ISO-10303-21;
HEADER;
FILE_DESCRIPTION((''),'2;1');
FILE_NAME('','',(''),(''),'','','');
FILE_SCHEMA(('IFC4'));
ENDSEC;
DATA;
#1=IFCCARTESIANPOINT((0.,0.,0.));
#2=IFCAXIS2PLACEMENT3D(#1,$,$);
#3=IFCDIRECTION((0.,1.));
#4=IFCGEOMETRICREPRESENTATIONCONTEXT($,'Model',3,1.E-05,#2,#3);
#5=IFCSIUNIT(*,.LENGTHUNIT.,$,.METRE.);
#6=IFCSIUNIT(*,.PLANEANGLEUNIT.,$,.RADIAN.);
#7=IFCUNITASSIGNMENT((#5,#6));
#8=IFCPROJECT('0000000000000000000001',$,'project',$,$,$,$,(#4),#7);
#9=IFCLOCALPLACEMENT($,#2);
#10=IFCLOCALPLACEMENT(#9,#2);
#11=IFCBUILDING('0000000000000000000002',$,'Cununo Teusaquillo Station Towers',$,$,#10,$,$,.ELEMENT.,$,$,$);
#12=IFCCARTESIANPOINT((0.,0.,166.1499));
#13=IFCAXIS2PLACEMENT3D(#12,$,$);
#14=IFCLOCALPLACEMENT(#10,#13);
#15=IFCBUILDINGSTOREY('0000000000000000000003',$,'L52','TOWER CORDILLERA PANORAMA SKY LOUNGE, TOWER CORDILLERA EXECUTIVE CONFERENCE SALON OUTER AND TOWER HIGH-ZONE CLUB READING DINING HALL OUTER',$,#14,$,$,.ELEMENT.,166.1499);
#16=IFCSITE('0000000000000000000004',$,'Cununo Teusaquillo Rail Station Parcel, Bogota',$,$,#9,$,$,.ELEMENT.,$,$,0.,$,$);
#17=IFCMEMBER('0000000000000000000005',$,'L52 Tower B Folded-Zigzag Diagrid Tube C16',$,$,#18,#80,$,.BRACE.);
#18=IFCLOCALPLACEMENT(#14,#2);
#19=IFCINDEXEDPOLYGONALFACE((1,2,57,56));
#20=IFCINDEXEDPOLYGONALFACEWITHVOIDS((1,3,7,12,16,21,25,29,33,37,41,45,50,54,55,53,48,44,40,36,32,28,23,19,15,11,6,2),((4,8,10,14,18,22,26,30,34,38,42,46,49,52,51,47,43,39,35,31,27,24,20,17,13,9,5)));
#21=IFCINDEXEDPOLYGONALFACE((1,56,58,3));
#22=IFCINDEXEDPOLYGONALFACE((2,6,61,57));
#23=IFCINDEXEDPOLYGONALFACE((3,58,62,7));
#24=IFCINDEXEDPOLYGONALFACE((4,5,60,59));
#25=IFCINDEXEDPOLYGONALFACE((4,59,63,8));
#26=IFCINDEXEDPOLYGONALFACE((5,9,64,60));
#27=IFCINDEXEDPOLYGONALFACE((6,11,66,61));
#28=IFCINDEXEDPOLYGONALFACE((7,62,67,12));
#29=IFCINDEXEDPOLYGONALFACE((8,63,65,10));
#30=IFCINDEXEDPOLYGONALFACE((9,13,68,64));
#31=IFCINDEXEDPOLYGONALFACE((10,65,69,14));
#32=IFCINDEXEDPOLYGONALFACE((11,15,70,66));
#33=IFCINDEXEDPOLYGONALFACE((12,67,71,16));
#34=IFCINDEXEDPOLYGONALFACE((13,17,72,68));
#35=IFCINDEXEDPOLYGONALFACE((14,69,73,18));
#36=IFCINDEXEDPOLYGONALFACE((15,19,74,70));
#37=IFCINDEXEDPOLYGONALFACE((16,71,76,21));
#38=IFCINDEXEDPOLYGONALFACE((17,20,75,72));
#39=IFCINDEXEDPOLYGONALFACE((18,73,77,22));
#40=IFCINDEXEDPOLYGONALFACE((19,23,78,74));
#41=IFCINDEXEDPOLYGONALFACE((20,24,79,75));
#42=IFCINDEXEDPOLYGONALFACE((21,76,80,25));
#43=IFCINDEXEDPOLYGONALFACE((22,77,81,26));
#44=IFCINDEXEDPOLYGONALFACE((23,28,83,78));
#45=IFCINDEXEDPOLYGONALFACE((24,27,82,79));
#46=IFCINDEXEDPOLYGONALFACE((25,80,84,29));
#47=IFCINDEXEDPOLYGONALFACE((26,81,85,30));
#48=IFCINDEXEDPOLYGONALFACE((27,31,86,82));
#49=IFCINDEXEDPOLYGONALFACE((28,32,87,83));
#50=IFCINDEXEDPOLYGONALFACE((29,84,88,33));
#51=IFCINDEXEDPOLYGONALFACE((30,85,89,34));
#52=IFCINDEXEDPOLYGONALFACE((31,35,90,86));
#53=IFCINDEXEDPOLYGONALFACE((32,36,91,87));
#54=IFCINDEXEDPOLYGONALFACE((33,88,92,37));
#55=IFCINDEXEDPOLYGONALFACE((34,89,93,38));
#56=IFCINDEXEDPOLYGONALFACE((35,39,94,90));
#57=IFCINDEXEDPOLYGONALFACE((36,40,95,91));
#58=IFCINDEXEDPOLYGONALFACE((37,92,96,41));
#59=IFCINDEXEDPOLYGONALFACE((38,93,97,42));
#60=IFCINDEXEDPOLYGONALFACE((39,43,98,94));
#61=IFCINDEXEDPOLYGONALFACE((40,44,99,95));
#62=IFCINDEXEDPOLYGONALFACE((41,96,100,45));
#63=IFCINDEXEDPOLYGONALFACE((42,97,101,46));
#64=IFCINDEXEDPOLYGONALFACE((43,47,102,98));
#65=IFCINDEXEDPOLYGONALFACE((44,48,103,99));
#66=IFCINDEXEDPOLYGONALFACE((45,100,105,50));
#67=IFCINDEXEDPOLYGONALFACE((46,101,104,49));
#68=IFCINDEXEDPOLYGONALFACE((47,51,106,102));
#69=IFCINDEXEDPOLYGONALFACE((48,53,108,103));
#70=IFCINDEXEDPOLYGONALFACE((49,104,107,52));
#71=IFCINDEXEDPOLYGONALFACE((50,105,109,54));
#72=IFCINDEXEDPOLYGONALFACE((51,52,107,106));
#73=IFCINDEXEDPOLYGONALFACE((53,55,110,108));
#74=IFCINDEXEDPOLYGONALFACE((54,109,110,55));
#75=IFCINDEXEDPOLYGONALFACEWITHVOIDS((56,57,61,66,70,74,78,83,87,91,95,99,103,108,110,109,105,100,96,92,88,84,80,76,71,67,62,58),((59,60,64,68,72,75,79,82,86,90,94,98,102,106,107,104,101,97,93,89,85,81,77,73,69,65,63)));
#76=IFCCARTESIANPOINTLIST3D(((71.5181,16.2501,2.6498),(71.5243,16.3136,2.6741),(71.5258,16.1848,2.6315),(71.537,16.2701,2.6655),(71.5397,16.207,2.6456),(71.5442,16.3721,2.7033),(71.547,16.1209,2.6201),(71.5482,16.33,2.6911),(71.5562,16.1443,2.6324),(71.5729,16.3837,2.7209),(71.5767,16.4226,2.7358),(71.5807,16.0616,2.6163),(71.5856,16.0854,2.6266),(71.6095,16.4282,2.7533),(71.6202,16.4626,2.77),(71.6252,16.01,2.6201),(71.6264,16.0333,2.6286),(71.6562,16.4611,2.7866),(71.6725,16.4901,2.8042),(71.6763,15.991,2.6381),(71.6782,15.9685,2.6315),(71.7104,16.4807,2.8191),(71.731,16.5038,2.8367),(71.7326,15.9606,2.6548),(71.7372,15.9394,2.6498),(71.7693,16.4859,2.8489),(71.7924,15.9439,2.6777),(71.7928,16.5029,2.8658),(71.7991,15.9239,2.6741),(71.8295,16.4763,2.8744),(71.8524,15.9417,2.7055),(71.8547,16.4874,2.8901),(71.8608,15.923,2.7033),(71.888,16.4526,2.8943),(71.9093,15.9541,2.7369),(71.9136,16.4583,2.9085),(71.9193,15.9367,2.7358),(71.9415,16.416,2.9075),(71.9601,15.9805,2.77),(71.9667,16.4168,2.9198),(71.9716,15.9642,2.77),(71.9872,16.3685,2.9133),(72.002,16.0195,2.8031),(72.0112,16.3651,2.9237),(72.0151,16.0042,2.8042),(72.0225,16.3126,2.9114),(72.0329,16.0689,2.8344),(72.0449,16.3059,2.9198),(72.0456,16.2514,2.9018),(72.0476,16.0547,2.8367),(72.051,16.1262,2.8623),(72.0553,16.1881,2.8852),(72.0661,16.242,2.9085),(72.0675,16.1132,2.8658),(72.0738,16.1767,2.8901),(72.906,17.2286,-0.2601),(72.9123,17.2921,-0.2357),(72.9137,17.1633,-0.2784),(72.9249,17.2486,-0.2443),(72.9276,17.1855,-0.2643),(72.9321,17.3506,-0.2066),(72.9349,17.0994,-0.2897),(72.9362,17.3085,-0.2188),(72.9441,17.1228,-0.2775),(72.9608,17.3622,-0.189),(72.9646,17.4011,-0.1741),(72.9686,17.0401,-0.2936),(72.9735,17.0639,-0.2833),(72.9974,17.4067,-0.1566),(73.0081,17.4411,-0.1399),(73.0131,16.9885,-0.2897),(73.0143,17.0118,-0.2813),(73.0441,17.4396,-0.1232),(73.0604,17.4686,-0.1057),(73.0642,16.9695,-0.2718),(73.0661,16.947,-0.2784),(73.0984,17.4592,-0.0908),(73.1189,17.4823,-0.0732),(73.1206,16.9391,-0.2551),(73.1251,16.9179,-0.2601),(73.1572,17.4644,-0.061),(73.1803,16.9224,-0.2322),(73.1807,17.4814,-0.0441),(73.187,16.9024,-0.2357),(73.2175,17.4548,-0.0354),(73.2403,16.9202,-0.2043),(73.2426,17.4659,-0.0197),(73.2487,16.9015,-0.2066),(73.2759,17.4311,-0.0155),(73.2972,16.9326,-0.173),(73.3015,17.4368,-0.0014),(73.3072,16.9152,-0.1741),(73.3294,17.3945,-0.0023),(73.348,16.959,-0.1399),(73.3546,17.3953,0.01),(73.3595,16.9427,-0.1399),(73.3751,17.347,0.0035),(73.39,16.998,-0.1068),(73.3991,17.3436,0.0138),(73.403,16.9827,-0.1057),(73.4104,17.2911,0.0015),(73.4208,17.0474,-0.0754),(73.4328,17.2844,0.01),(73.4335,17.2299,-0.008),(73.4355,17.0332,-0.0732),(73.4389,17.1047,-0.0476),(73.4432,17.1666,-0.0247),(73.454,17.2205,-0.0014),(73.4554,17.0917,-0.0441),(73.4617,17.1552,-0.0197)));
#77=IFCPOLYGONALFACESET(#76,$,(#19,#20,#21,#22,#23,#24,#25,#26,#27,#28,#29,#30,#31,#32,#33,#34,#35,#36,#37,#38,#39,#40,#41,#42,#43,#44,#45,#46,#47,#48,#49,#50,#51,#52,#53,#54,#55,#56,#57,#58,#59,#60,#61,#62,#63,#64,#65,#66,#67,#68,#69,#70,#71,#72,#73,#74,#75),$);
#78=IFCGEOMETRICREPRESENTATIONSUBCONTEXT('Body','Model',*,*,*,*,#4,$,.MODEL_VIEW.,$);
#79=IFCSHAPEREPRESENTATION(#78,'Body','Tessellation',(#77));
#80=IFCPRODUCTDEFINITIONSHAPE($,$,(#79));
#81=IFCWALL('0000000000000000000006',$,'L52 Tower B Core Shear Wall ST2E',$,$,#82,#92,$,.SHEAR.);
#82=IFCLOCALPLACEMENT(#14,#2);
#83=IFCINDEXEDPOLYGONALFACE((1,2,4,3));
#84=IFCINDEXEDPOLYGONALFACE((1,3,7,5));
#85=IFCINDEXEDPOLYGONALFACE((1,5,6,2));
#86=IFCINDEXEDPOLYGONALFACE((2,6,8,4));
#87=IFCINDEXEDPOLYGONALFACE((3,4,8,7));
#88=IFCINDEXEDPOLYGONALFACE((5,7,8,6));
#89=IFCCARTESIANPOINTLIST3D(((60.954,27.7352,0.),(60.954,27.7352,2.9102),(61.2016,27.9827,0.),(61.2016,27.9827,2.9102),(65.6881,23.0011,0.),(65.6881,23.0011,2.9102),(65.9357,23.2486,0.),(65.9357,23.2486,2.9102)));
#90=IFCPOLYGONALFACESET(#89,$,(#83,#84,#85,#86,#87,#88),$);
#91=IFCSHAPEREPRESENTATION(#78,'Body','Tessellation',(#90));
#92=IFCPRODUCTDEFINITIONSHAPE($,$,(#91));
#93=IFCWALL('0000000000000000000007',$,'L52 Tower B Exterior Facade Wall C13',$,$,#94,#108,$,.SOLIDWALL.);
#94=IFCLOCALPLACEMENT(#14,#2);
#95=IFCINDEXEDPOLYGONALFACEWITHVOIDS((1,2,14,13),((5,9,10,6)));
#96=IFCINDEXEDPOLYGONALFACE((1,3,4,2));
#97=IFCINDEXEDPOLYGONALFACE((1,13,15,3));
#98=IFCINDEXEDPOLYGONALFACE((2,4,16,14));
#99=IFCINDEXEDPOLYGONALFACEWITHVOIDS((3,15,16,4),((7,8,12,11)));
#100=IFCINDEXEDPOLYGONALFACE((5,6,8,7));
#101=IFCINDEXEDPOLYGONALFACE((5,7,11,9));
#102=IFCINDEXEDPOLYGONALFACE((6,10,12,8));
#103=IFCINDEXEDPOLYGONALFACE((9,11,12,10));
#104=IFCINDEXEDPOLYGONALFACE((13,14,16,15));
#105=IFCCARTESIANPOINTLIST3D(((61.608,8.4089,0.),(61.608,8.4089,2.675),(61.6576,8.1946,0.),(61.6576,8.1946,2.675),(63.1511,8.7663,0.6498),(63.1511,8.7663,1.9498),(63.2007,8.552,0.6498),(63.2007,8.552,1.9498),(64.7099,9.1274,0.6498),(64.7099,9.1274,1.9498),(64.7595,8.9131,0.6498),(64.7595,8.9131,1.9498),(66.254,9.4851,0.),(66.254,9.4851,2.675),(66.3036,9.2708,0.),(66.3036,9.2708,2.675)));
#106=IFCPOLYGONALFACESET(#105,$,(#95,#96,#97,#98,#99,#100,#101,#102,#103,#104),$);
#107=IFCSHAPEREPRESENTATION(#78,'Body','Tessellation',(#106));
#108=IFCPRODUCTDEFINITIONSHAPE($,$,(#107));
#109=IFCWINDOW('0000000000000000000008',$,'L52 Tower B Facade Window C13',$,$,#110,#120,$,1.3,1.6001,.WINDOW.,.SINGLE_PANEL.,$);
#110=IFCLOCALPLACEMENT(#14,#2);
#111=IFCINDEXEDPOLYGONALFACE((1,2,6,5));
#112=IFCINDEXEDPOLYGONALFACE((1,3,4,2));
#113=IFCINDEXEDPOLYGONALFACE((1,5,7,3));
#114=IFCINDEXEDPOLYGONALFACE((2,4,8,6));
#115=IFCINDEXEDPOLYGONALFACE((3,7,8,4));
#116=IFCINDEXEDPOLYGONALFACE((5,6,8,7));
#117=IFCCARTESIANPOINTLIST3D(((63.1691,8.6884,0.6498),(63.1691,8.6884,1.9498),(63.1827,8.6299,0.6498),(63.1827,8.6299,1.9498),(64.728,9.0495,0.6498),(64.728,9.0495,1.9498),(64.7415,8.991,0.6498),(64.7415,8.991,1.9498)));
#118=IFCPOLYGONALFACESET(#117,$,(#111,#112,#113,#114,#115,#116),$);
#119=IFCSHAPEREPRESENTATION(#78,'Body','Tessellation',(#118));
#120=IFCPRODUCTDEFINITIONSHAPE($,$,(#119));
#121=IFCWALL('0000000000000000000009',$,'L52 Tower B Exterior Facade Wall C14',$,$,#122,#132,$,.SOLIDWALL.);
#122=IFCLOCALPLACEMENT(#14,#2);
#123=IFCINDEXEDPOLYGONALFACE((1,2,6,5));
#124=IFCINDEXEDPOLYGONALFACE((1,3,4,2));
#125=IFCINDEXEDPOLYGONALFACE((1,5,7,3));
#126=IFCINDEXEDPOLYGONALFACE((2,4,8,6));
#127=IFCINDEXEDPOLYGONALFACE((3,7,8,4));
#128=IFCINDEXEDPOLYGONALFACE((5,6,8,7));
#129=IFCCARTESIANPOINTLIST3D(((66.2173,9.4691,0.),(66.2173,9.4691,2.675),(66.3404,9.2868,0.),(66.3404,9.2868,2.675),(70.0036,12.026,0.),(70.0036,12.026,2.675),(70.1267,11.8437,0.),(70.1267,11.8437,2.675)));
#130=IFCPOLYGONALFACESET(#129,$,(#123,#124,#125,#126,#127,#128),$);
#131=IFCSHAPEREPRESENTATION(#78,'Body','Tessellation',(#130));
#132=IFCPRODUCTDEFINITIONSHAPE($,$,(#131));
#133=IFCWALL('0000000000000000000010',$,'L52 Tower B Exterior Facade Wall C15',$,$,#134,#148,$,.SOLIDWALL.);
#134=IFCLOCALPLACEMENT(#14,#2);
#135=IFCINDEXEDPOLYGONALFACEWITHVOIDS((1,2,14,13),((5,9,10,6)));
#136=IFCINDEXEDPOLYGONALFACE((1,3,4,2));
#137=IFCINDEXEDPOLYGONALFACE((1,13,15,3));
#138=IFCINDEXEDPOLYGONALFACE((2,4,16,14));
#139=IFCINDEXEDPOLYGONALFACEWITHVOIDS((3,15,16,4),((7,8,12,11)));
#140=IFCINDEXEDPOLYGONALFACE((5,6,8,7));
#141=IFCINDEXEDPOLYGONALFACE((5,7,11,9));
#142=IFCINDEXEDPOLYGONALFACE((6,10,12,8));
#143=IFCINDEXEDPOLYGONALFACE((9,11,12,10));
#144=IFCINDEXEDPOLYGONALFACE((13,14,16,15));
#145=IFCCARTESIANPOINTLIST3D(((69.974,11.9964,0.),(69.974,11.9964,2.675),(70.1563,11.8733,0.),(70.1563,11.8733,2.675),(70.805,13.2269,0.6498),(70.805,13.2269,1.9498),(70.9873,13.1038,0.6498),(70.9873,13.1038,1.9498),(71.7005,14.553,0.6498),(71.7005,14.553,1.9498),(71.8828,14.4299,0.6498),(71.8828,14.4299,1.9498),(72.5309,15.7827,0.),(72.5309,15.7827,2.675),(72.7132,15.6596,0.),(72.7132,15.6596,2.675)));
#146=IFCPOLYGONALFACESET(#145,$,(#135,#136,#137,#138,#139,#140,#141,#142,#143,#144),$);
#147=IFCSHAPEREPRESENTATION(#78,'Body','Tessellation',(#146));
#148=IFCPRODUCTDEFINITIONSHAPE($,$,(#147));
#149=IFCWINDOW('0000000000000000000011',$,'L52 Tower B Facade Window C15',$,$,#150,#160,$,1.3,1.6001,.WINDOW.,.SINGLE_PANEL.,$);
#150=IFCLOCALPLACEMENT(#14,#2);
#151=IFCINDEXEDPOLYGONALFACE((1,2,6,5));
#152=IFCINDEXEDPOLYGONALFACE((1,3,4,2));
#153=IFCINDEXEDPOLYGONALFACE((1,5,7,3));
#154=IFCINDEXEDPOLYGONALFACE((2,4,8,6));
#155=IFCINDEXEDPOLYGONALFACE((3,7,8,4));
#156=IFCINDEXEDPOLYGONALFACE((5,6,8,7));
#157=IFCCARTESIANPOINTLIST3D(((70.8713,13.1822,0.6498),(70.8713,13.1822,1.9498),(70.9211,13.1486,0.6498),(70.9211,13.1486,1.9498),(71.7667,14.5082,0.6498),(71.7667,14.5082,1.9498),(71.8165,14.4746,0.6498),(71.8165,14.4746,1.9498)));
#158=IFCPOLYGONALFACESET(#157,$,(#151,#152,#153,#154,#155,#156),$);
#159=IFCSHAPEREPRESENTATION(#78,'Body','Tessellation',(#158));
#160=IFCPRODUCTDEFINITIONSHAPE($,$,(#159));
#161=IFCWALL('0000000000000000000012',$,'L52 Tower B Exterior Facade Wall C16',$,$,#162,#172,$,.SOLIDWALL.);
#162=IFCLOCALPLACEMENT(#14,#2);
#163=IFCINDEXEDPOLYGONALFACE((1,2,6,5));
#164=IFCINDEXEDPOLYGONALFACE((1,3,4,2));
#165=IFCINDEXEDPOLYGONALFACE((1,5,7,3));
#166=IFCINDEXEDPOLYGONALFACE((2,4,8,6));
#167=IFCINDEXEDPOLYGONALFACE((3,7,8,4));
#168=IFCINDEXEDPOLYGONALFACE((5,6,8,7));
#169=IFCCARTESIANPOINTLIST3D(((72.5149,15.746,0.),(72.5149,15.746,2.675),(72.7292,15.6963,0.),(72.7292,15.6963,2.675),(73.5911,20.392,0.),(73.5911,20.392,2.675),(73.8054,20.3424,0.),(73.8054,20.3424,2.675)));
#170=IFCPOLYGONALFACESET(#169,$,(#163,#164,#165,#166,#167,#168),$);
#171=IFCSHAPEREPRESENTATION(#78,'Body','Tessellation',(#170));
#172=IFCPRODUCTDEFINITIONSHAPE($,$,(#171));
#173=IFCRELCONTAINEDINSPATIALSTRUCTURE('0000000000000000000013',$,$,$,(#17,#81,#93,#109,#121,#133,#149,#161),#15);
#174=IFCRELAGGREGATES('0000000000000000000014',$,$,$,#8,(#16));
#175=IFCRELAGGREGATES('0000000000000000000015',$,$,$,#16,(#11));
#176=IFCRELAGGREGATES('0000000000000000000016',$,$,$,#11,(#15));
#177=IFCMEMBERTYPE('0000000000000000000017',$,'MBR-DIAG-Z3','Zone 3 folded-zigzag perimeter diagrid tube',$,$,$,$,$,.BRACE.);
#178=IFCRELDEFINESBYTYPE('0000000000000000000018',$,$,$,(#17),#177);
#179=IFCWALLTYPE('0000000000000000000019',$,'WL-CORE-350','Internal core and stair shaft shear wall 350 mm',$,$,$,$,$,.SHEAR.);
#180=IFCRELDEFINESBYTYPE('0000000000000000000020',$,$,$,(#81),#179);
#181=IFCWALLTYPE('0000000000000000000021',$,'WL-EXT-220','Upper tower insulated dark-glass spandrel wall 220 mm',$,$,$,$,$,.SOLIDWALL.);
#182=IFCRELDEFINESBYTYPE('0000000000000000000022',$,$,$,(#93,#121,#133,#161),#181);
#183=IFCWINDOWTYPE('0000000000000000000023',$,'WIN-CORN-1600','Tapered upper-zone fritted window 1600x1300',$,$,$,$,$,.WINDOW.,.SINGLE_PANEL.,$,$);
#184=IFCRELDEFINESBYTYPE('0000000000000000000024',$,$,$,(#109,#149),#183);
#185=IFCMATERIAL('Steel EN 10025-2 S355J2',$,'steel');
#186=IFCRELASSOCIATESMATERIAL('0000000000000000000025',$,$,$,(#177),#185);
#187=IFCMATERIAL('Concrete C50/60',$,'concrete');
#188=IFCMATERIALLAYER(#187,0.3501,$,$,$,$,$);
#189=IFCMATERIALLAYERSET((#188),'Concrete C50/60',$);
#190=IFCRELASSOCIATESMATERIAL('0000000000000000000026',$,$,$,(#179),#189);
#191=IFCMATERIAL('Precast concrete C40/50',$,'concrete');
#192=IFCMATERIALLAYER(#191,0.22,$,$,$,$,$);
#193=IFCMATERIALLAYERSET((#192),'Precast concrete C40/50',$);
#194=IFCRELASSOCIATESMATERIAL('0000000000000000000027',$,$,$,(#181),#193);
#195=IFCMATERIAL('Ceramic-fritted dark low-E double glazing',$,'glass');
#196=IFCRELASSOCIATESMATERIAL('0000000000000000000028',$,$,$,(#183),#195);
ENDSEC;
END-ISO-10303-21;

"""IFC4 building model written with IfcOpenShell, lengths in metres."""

from ifc_helpers import new_model, si_unit, direction, frame, frame_2d, origin, origin_2d, place, context, subcontext, project, spatial, rectangle, hollow_circle, extrude, source, transform, mapped, material, layer, layer_set, material_profile, profile_set, type_object, element, fill, save


model = new_model("IFC4")

# Units and contexts
model_context = context("Model", 3, precision=1e-05, world=origin(), true_north=direction((0.0, 1.0)))
body_context = subcontext(model_context, "Body", "Model", "MODEL_VIEW")
ifc_project = project(units=[si_unit("LENGTHUNIT", "METRE"), si_unit("PLANEANGLEUNIT", "RADIAN")], contexts=[model_context])

# Site, building, storey
site_placement = place(None, origin())
site = spatial("IfcSite", under=ifc_project, at=site_placement, Name="Cununo Teusaquillo Rail Station Parcel, Bogota", CompositionType="ELEMENT", RefElevation=0.0)
building_placement = place(site_placement, origin())
building = spatial("IfcBuilding", under=site, at=building_placement, Name="Cununo Teusaquillo Station Towers", CompositionType="ELEMENT")
storey_placement = place(building_placement, frame((0.0, 0.0, 166.1499)))
storey = spatial("IfcBuildingStorey", under=building, at=storey_placement, Name="L52", Description="TOWER CORDILLERA PANORAMA SKY LOUNGE, TOWER CORDILLERA EXECUTIVE CONFERENCE SALON OUTER AND TOWER HIGH-ZONE CLUB READING DINING HALL OUTER", CompositionType="ELEMENT", Elevation=166.1499)

# Member
ifc_material_1 = material(Name="Steel EN 10025-2 S355J2", Category="steel")
ifc_material_profile_1 = material_profile(ifc_material_1, hollow_circle(Radius=0.3049, WallThickness=0.02, at=origin_2d()), Name="CHS 610x20")
ifc_profile_set_1 = profile_set([ifc_material_profile_1], Name="Steel EN 10025-2 S355J2")
member_type = type_object("IfcMemberType", Name="MBR-DIAG-Z3", Description="Zone 3 folded-zigzag perimeter diagrid tube", PredefinedType="BRACE", material=ifc_profile_set_1)
member_1_placement = place(storey_placement, frame((73.1838, 17.1919, -0.1399), z_axis=(-0.41195, -0.29043, 0.863682), x_axis=(0.576209, -0.817302, 0.0)))
element("IfcMember", 1, at=member_1_placement, inside=storey, type_object=member_type, Name="L52 Tower B Folded-Zigzag Diagrid Tube C16", PredefinedType="BRACE", context=body_context, shape_type="SweptSolid", body=[
    extrude(hollow_circle(Radius=0.3049, WallThickness=0.02, at=origin_2d()), origin(), (0.0, 0.0, 1.0), 3.3691),
])

# Wall
ifc_material_2 = material(Name="Concrete C50/60", Category="concrete")
ifc_layer_1 = layer(ifc_material_2, 0.3501)
ifc_layer_set_1 = layer_set([ifc_layer_1], Name="Concrete C50/60")
wall_type_1 = type_object("IfcWallType", Name="WL-CORE-350", Description="Internal core and stair shaft shear wall 350 mm", PredefinedType="SHEAR", material=ifc_layer_set_1)
wall_1_placement = place(storey_placement, frame((65.812, 23.1248, 0.0), z_axis=(0.0, 0.0, 1.0), x_axis=(-0.707107, 0.707107, 0.0)))
element("IfcWall", 2, at=wall_1_placement, inside=storey, type_object=wall_type_1, Name="L52 Tower B Core Shear Wall ST2E", PredefinedType="SHEAR", context=body_context, shape_type="SweptSolid", body=[
    extrude(rectangle(XDim=6.6951, YDim=0.3501, at=frame_2d((3.3477, 0.0))), origin(), (0.0, 0.0, 1.0), 2.9102),
])

# Wall, opening, window
ifc_material_3 = material(Name="Precast concrete C40/50", Category="concrete")
ifc_layer_2 = layer(ifc_material_3, 0.22)
ifc_layer_set_2 = layer_set([ifc_layer_2], Name="Precast concrete C40/50")
wall_type_2 = type_object("IfcWallType", Name="WL-EXT-220", Description="Upper tower insulated dark-glass spandrel wall 220 mm", PredefinedType="SOLIDWALL", material=ifc_layer_set_2)
wall_2_placement = place(storey_placement, frame((66.2788, 9.3779, 0.0), z_axis=(0.0, 0.0, 1.0), x_axis=(-0.974206, -0.22566, 0.0)))
wall_2 = element("IfcWall", 3, at=wall_2_placement, inside=storey, type_object=wall_type_2, Name="L52 Tower B Exterior Facade Wall C13", PredefinedType="SOLIDWALL", context=body_context, shape_type="SweptSolid", body=[
    extrude(rectangle(XDim=4.769, YDim=0.22, at=frame_2d((2.3845, 0.0))), origin(), (0.0, 0.0, 1.0), 2.675),
])
shared_shape_1 = source(origin(), body_context, "Body", "SweptSolid", [
    extrude(rectangle(XDim=1.6001, YDim=1.3, at=frame_2d((0.8, 0.6499))), frame((0.0, 0.1199, 0.0), z_axis=(0.0, -1.0, 0.0), x_axis=(1.0, 0.0, 0.0)), (0.0, 0.0, 1.0), 0.24),
])
opening_1_placement = place(wall_2_placement, frame((1.585, 0.0, 0.6499)))
opening_1 = element("IfcOpeningElement", 4, at=opening_1_placement, cuts=wall_2, PredefinedType="OPENING", context=body_context, shape_type="MappedRepresentation", body=[
    mapped(shared_shape_1, transform((0.0, 0.0, 0.0), x_axis=(1.0, 0.0, 0.0), y_axis=(0.0, 1.0, 0.0), z_axis=(0.0, 0.0, 1.0), scale=1.0)),
])
ifc_material_4 = material(Name="Ceramic-fritted dark low-E double glazing", Category="glass")
window_type = type_object("IfcWindowType", Name="WIN-CORN-1600", Description="Tapered upper-zone fritted window 1600x1300", PartitioningType="SINGLE_PANEL", PredefinedType="WINDOW", material=ifc_material_4)
shared_shape_2 = source(origin(), body_context, "Body", "SweptSolid", [
    extrude(rectangle(XDim=1.6001, YDim=1.3, at=frame_2d((0.8, 0.6499))), frame((0.0, 0.03, 0.0), z_axis=(0.0, -1.0, 0.0), x_axis=(1.0, 0.0, 0.0)), (0.0, 0.0, 1.0), 0.0601),
])
window_1_placement = place(opening_1_placement, origin())
window_1 = element("IfcWindow", 5, at=window_1_placement, inside=storey, type_object=window_type, Name="L52 Tower B Facade Window C13", OverallHeight=1.3, OverallWidth=1.6001, PartitioningType="SINGLE_PANEL", PredefinedType="WINDOW", context=body_context, shape_type="MappedRepresentation", body=[
    mapped(shared_shape_2, transform((0.0, 0.0, 0.0), x_axis=(1.0, 0.0, 0.0), y_axis=(0.0, 1.0, 0.0), z_axis=(0.0, 0.0, 1.0), scale=1.0)),
])
fill(opening_1, window_1)

# Wall
wall_3_placement = place(storey_placement, frame((70.0652, 11.9348, 0.0), z_axis=(0.0, 0.0, 1.0), x_axis=(-0.828739, -0.559635, 0.0)))
element("IfcWall", 6, at=wall_3_placement, inside=storey, type_object=wall_type_2, Name="L52 Tower B Exterior Facade Wall C14", PredefinedType="SOLIDWALL", context=body_context, shape_type="SweptSolid", body=[
    extrude(rectangle(XDim=4.5688, YDim=0.22, at=frame_2d((2.2844, 0.0))), origin(), (0.0, 0.0, 1.0), 2.675),
])

# Wall, opening, window
wall_4_placement = place(storey_placement, frame((72.6221, 15.7212, 0.0), z_axis=(0.0, 0.0, 1.0), x_axis=(-0.559635, -0.828739, 0.0)))
wall_4 = element("IfcWall", 7, at=wall_4_placement, inside=storey, type_object=wall_type_2, Name="L52 Tower B Exterior Facade Wall C15", PredefinedType="SOLIDWALL", context=body_context, shape_type="SweptSolid", body=[
    extrude(rectangle(XDim=4.5688, YDim=0.22, at=frame_2d((2.2844, 0.0))), origin(), (0.0, 0.0, 1.0), 2.675),
])
opening_2_placement = place(wall_4_placement, frame((1.4839, 0.0, 0.6499)))
opening_2 = element("IfcOpeningElement", 8, at=opening_2_placement, cuts=wall_4, PredefinedType="OPENING", context=body_context, shape_type="MappedRepresentation", body=[
    mapped(shared_shape_1, transform((0.0, 0.0, 0.0), x_axis=(1.0, 0.0, 0.0), y_axis=(0.0, 1.0, 0.0), z_axis=(0.0, 0.0, 1.0), scale=1.0)),
])
window_2_placement = place(opening_2_placement, origin())
window_2 = element("IfcWindow", 9, at=window_2_placement, inside=storey, type_object=window_type, Name="L52 Tower B Facade Window C15", OverallHeight=1.3, OverallWidth=1.6001, PartitioningType="SINGLE_PANEL", PredefinedType="WINDOW", context=body_context, shape_type="MappedRepresentation", body=[
    mapped(shared_shape_2, transform((0.0, 0.0, 0.0), x_axis=(1.0, 0.0, 0.0), y_axis=(0.0, 1.0, 0.0), z_axis=(0.0, 0.0, 1.0), scale=1.0)),
])
fill(opening_2, window_2)

# Wall
wall_5_placement = place(storey_placement, frame((73.6982, 20.3672, 0.0), z_axis=(0.0, 0.0, 1.0), x_axis=(-0.22566, -0.974206, 0.0)))
element("IfcWall", 10, at=wall_5_placement, inside=storey, type_object=wall_type_2, Name="L52 Tower B Exterior Facade Wall C16", PredefinedType="SOLIDWALL", context=body_context, shape_type="SweptSolid", body=[
    extrude(rectangle(XDim=4.769, YDim=0.22, at=frame_2d((2.3845, 0.0))), origin(), (0.0, 0.0, 1.0), 2.675),
])

save(model, "model.ifc")
